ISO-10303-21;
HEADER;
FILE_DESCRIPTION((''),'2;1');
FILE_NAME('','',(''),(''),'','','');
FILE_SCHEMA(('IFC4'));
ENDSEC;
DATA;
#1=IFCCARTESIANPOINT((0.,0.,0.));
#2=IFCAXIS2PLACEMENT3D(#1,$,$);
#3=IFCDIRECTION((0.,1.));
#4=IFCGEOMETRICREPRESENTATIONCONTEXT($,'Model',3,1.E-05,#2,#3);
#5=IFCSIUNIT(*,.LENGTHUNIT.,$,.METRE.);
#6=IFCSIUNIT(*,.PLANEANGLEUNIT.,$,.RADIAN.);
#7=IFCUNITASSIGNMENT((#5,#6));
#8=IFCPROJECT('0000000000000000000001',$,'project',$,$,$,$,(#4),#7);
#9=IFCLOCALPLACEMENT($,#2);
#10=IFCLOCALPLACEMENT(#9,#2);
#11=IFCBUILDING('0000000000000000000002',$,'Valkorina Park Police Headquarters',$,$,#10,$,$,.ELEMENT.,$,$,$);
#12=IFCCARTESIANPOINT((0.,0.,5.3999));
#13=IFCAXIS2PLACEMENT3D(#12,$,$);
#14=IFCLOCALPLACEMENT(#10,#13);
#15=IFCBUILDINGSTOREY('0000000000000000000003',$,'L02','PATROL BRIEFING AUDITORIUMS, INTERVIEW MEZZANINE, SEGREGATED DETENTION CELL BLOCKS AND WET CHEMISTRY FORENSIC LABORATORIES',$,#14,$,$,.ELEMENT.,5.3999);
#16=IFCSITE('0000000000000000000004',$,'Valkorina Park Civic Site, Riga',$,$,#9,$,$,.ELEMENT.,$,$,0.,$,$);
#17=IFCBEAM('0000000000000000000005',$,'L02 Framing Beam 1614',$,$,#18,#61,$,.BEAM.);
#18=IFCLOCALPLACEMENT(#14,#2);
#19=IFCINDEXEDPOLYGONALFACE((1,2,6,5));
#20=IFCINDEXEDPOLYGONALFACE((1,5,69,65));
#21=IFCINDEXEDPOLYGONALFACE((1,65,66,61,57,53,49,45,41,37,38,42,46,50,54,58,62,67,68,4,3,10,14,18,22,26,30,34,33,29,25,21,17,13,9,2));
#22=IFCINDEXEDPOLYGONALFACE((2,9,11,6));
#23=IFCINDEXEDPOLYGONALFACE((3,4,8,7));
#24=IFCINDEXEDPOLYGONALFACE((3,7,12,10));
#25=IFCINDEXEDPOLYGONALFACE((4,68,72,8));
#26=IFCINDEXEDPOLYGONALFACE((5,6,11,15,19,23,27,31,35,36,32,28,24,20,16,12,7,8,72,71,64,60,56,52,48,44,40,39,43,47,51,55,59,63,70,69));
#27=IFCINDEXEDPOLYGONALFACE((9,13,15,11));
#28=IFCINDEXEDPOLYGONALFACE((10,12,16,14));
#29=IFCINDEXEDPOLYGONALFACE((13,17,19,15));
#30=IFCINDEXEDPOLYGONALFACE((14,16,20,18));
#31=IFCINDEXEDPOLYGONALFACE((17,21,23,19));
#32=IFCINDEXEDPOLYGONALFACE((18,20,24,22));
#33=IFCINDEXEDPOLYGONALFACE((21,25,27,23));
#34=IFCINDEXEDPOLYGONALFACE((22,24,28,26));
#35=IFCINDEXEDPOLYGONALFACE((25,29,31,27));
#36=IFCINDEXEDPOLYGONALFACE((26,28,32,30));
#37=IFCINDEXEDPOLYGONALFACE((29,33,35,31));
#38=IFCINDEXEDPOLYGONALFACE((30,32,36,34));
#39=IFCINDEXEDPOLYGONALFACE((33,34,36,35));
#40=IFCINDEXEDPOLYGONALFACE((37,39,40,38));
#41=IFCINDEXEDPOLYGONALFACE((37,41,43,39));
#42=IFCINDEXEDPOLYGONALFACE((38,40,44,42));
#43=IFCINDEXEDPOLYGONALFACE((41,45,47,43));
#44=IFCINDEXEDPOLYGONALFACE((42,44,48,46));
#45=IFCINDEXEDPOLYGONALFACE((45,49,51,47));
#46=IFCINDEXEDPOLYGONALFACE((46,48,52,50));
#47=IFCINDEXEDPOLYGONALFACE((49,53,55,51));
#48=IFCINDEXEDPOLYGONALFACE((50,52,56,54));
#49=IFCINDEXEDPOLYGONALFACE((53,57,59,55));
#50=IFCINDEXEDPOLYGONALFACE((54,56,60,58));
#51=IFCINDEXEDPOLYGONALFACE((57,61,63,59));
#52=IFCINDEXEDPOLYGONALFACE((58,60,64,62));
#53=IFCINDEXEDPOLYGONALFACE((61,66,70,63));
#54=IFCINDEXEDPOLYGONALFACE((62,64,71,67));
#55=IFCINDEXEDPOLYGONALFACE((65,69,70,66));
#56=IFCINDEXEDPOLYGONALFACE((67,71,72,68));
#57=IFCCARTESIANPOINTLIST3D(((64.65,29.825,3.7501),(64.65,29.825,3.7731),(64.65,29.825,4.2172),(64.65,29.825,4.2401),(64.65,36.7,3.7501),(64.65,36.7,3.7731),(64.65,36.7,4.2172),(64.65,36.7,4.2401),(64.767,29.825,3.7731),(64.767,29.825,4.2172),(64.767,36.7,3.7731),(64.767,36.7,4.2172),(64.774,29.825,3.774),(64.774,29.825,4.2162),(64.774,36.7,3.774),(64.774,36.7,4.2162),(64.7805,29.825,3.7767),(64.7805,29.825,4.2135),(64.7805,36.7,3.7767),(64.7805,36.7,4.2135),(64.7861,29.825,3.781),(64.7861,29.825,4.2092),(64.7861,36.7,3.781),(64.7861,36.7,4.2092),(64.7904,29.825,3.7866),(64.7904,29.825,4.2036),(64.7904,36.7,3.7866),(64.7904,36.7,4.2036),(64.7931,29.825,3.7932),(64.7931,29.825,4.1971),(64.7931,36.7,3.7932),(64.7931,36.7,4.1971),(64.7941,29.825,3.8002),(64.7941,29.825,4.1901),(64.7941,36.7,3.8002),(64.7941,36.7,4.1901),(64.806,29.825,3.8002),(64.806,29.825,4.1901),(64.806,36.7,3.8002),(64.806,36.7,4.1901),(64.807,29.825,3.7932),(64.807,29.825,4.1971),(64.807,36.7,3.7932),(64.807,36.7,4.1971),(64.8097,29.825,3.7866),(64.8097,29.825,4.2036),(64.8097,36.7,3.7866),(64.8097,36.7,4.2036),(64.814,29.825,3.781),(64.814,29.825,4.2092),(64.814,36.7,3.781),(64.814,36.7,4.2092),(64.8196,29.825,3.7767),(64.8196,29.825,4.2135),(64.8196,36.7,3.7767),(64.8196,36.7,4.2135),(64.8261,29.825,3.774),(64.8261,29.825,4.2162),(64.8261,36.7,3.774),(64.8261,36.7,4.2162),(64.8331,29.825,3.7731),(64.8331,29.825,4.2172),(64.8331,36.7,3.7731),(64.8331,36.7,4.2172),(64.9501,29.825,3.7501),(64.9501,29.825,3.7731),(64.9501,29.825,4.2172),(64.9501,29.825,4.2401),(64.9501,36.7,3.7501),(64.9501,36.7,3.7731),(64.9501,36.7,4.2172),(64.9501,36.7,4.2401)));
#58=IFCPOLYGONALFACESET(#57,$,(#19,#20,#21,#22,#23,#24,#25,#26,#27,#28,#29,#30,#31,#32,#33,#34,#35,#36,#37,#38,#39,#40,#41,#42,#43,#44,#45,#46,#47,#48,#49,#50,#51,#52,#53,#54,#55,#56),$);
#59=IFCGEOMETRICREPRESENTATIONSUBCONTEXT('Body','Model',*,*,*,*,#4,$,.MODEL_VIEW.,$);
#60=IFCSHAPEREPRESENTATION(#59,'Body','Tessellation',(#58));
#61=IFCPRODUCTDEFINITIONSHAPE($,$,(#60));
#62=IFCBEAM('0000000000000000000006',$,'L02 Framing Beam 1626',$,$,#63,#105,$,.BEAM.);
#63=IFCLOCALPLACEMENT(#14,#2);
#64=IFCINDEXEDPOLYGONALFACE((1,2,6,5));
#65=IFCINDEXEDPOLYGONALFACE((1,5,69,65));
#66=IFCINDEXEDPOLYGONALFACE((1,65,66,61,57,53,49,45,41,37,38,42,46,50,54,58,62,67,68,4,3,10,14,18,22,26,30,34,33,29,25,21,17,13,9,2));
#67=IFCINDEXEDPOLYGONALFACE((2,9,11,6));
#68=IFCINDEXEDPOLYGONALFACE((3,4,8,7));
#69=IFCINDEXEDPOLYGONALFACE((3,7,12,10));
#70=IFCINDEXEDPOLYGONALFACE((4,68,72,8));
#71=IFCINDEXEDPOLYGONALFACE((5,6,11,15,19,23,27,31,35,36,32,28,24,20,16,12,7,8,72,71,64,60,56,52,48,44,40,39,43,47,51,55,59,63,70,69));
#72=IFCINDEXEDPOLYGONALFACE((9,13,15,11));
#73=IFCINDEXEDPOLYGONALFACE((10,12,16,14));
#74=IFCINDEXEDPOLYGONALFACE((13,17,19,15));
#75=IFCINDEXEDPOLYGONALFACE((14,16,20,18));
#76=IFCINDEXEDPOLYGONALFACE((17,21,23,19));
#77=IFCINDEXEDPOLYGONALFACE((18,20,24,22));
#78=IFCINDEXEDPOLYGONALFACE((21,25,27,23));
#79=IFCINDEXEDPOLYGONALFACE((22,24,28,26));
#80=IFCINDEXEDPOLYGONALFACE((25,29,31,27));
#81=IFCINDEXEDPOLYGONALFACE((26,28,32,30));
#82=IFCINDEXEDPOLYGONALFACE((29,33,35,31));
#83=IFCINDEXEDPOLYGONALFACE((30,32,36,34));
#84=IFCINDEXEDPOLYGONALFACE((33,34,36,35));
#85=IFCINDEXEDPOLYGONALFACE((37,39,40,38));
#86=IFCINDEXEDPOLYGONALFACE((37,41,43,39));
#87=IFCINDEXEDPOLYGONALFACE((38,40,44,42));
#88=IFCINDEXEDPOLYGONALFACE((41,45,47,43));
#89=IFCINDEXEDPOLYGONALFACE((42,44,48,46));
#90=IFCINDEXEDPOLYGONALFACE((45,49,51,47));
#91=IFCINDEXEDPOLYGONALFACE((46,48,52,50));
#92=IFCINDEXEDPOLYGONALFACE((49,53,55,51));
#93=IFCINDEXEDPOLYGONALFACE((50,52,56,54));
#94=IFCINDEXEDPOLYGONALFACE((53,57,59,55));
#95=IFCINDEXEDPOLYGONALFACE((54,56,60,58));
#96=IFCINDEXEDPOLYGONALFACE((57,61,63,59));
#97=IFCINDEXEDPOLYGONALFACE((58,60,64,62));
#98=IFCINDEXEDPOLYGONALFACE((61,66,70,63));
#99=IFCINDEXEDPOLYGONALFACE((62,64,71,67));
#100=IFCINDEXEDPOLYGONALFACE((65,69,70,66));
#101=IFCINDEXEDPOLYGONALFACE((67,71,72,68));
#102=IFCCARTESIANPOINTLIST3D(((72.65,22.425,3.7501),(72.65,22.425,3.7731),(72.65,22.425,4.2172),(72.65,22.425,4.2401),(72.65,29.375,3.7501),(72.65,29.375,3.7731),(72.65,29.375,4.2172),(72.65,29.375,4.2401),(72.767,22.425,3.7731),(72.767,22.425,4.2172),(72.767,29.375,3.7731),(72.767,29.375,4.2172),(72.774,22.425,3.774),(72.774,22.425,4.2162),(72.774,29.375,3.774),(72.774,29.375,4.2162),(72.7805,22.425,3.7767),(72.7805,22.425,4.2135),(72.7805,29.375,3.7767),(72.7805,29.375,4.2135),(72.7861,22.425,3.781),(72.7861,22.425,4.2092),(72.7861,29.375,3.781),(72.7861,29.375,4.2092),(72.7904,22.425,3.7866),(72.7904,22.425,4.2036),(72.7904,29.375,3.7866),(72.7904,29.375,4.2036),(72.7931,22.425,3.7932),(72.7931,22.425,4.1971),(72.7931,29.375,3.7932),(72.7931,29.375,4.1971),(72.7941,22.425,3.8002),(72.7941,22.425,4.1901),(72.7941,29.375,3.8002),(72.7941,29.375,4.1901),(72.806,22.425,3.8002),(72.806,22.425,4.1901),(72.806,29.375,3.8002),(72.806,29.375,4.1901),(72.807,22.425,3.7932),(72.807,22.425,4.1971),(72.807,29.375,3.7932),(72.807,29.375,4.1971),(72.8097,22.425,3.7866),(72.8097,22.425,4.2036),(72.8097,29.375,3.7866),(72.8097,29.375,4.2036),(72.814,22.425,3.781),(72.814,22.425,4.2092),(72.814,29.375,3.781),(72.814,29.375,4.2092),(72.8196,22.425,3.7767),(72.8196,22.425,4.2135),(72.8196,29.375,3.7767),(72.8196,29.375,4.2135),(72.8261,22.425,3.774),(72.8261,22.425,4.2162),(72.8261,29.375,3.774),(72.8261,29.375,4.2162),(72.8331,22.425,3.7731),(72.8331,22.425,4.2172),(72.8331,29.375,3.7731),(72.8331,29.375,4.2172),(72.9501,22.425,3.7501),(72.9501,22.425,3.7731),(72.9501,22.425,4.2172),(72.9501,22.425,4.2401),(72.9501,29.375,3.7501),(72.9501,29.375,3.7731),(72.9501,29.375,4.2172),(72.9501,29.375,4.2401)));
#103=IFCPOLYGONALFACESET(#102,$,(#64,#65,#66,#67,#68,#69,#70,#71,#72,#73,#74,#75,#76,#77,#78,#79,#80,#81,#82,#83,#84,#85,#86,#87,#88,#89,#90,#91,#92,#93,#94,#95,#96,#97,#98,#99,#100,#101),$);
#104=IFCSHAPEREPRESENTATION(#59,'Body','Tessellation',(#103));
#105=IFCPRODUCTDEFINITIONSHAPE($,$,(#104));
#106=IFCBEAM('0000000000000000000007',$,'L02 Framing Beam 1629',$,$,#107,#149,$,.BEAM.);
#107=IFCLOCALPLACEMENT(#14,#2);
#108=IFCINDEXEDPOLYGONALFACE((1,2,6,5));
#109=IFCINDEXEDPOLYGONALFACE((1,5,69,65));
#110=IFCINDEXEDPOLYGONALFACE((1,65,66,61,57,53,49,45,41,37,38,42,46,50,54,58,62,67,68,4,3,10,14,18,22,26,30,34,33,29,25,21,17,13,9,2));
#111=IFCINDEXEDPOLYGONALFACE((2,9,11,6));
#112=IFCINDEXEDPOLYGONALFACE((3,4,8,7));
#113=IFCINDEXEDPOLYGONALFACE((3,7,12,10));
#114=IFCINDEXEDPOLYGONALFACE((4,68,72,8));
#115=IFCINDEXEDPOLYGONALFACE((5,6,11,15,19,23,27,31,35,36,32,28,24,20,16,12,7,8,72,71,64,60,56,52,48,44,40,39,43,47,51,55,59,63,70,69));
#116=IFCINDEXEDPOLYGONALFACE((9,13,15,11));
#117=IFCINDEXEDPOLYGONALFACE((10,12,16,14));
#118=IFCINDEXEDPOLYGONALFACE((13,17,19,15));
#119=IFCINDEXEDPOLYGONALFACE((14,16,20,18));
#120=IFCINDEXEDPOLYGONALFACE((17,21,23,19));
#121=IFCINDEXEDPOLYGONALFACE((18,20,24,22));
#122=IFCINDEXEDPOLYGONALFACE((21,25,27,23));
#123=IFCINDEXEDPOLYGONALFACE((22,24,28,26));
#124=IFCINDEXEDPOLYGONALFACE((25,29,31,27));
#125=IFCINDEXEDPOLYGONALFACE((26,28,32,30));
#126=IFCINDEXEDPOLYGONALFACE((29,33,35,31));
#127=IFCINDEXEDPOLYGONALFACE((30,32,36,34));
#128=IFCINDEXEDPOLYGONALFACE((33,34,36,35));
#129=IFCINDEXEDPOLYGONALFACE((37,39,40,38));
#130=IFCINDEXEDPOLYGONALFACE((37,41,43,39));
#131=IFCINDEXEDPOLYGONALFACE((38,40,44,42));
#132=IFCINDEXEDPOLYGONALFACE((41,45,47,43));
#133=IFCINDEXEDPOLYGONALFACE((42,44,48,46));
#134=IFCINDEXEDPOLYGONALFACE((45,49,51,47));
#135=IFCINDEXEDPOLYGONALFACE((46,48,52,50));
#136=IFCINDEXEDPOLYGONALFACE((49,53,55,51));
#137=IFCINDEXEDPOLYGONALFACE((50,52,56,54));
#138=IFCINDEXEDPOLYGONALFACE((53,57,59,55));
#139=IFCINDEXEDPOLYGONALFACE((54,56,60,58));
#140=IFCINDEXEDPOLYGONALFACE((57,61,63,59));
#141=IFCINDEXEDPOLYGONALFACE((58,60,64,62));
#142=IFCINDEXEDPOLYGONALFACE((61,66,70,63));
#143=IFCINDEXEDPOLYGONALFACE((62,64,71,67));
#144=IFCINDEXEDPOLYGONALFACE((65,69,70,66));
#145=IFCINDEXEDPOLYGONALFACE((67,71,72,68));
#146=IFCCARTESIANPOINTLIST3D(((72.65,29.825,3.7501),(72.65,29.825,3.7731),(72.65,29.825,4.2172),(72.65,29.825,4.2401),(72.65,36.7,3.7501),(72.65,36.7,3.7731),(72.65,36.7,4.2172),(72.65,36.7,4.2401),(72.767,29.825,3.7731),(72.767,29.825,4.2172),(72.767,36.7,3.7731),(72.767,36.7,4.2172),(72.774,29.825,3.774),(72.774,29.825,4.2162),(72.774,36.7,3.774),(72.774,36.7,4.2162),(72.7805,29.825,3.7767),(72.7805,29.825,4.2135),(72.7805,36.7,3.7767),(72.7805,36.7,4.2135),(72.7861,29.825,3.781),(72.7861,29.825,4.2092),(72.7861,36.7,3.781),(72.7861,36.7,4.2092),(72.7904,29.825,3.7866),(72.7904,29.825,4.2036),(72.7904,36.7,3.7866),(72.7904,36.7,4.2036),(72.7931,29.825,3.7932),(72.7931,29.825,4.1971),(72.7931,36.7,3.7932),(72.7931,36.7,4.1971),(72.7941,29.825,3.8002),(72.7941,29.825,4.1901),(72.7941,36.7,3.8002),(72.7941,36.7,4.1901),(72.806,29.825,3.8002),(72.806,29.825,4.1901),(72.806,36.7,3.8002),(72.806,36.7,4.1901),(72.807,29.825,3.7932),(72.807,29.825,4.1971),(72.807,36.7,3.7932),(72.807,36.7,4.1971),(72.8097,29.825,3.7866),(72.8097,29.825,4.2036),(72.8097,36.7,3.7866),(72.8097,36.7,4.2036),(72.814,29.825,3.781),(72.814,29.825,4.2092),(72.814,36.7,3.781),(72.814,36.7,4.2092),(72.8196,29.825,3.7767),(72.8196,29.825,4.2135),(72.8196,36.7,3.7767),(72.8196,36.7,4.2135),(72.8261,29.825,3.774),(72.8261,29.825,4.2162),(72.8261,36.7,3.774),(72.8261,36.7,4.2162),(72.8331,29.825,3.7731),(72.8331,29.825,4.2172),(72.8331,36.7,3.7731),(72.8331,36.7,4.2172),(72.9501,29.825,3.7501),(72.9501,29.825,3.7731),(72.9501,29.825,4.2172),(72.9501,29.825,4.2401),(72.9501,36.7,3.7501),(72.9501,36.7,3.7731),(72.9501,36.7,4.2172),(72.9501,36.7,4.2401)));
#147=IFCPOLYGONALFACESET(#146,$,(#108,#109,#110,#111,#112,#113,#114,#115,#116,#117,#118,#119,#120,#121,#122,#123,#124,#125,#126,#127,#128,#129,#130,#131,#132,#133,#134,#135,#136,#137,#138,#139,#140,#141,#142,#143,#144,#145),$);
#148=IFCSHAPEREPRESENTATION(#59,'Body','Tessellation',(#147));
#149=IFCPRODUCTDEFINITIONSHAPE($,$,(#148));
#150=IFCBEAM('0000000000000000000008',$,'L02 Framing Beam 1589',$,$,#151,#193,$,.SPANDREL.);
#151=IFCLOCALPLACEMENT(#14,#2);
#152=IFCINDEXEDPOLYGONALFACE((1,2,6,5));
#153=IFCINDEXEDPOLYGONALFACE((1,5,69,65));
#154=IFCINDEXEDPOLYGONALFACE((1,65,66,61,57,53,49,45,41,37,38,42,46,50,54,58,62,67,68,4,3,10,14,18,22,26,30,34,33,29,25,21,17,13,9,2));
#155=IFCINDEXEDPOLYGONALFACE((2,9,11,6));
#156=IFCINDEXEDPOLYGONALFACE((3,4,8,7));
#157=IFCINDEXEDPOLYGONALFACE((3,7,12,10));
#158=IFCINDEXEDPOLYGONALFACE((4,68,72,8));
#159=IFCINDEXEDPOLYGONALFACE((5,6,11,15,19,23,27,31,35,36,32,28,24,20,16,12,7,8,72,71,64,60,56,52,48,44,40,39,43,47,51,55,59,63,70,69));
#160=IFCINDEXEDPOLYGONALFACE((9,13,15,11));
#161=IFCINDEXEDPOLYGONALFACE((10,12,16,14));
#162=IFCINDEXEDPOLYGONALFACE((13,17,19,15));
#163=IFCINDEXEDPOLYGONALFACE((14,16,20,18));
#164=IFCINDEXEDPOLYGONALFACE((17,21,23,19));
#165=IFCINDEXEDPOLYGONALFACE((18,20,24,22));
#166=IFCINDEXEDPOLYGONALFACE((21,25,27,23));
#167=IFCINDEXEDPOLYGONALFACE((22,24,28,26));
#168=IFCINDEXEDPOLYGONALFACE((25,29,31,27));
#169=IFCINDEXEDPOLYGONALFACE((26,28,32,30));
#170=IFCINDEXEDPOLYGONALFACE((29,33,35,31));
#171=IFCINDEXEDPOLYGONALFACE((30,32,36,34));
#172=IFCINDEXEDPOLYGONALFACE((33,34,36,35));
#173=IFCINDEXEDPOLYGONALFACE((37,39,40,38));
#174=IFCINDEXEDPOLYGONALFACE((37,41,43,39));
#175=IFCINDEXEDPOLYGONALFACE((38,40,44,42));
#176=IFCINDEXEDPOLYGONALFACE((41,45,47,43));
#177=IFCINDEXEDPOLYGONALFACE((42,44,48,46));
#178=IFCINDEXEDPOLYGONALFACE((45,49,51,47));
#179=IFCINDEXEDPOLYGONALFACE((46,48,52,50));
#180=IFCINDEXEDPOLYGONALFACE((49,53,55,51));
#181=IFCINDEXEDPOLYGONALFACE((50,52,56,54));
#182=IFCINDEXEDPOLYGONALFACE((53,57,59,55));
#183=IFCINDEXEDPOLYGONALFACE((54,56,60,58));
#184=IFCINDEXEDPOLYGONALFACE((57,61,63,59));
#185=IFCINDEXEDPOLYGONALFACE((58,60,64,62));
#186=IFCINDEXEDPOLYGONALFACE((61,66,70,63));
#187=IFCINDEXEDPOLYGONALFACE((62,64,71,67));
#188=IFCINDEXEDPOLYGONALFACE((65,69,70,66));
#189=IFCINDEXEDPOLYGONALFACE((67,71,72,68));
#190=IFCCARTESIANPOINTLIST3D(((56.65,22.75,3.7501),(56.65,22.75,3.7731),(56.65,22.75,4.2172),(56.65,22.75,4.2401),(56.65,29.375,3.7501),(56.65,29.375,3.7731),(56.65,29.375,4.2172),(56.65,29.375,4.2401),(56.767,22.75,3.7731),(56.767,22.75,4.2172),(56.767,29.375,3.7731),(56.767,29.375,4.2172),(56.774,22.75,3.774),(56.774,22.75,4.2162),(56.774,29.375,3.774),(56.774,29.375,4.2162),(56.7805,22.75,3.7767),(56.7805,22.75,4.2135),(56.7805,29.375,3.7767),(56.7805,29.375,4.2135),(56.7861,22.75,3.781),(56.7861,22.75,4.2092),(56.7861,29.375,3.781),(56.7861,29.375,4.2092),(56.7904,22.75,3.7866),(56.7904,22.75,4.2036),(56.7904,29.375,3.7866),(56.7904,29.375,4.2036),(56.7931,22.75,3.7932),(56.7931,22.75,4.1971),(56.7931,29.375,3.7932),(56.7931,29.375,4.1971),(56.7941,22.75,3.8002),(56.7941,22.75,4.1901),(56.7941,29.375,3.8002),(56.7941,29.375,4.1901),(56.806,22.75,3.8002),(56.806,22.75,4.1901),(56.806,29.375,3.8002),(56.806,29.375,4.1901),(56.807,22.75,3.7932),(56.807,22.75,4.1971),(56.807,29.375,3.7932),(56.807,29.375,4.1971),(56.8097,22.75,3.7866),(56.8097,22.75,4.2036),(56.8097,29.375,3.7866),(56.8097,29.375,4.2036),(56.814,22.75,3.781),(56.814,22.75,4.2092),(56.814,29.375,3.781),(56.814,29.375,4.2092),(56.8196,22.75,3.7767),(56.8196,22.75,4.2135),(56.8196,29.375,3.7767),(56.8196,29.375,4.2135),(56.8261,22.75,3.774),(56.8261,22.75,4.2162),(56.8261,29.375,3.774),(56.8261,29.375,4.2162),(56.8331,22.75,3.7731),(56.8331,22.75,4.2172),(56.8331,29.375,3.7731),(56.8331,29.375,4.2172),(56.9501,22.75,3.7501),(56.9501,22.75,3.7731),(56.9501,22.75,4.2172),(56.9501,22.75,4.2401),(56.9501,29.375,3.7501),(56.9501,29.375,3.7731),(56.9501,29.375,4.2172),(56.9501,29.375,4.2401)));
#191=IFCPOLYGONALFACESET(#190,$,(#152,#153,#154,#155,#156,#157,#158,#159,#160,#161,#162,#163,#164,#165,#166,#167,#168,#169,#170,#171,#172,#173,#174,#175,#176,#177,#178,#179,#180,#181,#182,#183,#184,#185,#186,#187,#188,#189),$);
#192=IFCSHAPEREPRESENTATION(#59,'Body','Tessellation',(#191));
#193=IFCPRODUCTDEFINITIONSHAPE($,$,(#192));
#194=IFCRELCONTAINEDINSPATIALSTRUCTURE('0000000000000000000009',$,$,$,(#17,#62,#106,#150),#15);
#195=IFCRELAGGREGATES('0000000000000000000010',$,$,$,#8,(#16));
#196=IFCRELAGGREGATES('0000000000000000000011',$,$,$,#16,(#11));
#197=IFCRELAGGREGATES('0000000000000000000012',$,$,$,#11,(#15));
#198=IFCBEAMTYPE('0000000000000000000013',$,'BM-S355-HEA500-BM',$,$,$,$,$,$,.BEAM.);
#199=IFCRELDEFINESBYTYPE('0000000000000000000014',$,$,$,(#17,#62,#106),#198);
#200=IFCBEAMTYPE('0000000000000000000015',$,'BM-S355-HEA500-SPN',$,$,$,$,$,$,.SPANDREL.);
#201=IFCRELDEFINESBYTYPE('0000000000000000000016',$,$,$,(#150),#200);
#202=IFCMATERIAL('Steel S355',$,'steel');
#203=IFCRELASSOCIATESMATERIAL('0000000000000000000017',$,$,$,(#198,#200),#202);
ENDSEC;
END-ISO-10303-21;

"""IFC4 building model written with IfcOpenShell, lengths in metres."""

from ifc_helpers import new_model, si_unit, direction, frame, origin, origin_2d, place, context, subcontext, project, spatial, i_section, extrude, material, material_profile, profile_set, type_object, element, save


model = new_model("IFC4")

# Units and contexts
model_context = context("Model", 3, precision=1e-05, world=origin(), true_north=direction((0.0, 1.0)))
body_context = subcontext(model_context, "Body", "Model", "MODEL_VIEW")
ifc_project = project(units=[si_unit("LENGTHUNIT", "METRE"), si_unit("PLANEANGLEUNIT", "RADIAN")], contexts=[model_context])

# Site, building, storey
site_placement = place(None, origin())
site = spatial("IfcSite", under=ifc_project, at=site_placement, Name="Valkorina Park Civic Site, Riga", CompositionType="ELEMENT", RefElevation=0.0)
building_placement = place(site_placement, origin())
building = spatial("IfcBuilding", under=site, at=building_placement, Name="Valkorina Park Police Headquarters", CompositionType="ELEMENT")
storey_placement = place(building_placement, frame((0.0, 0.0, 5.3999)))
storey = spatial("IfcBuildingStorey", under=building, at=storey_placement, Name="L02", Description="PATROL BRIEFING AUDITORIUMS, INTERVIEW MEZZANINE, SEGREGATED DETENTION CELL BLOCKS AND WET CHEMISTRY FORENSIC LABORATORIES", CompositionType="ELEMENT", Elevation=5.3999)

# Shared definitions
ifc_material_1 = material(Name="Steel S355", Category="steel")

# Beams
ifc_material_profile_1 = material_profile(ifc_material_1, i_section(OverallWidth=0.3, OverallDepth=0.49, WebThickness=0.012, FlangeThickness=0.0229, FilletRadius=0.0271, at=origin_2d()), Name="HEA 500")
ifc_profile_set_1 = profile_set([ifc_material_profile_1], Name="Steel S355")
beam_type_1 = type_object("IfcBeamType", Name="BM-S355-HEA500-BM", PredefinedType="BEAM", material=ifc_profile_set_1)
beam_1_placement = place(storey_placement, frame((64.8, 29.825, 3.9951), z_axis=(0.0, 1.0, 0.0), x_axis=(-1.0, 0.0, 0.0)))
element("IfcBeam", 1, at=beam_1_placement, inside=storey, type_object=beam_type_1, Name="L02 Framing Beam 1614", PredefinedType="BEAM", context=body_context, shape_type="SweptSolid", body=[
    extrude(i_section(OverallWidth=0.3, OverallDepth=0.49, WebThickness=0.012, FlangeThickness=0.0229, FilletRadius=0.0271, at=origin_2d()), origin(), (0.0, 0.0, 1.0), 6.875),
])
beam_2_placement = place(storey_placement, frame((72.8, 22.425, 3.9951), z_axis=(0.0, 1.0, 0.0), x_axis=(-1.0, 0.0, 0.0)))
element("IfcBeam", 2, at=beam_2_placement, inside=storey, type_object=beam_type_1, Name="L02 Framing Beam 1626", PredefinedType="BEAM", context=body_context, shape_type="SweptSolid", body=[
    extrude(i_section(OverallWidth=0.3, OverallDepth=0.49, WebThickness=0.012, FlangeThickness=0.0229, FilletRadius=0.0271, at=origin_2d()), origin(), (0.0, 0.0, 1.0), 6.95),
])
beam_3_placement = place(storey_placement, frame((72.8, 29.825, 3.9951), z_axis=(0.0, 1.0, 0.0), x_axis=(-1.0, 0.0, 0.0)))
element("IfcBeam", 3, at=beam_3_placement, inside=storey, type_object=beam_type_1, Name="L02 Framing Beam 1629", PredefinedType="BEAM", context=body_context, shape_type="SweptSolid", body=[
    extrude(i_section(OverallWidth=0.3, OverallDepth=0.49, WebThickness=0.012, FlangeThickness=0.0229, FilletRadius=0.0271, at=origin_2d()), origin(), (0.0, 0.0, 1.0), 6.875),
])
ifc_material_profile_2 = material_profile(ifc_material_1, i_section(OverallWidth=0.3, OverallDepth=0.49, WebThickness=0.012, FlangeThickness=0.0229, FilletRadius=0.0271, at=origin_2d()), Name="HEA 500")
ifc_profile_set_2 = profile_set([ifc_material_profile_2], Name="Steel S355")
beam_type_2 = type_object("IfcBeamType", Name="BM-S355-HEA500-SPN", PredefinedType="SPANDREL", material=ifc_profile_set_2)
beam_4_placement = place(storey_placement, frame((56.8, 22.75, 3.9951), z_axis=(0.0, 1.0, 0.0), x_axis=(-1.0, 0.0, 0.0)))
element("IfcBeam", 4, at=beam_4_placement, inside=storey, type_object=beam_type_2, Name="L02 Framing Beam 1589", PredefinedType="SPANDREL", context=body_context, shape_type="SweptSolid", body=[
    extrude(i_section(OverallWidth=0.3, OverallDepth=0.49, WebThickness=0.012, FlangeThickness=0.0229, FilletRadius=0.0271, at=origin_2d()), origin(), (0.0, 0.0, 1.0), 6.625),
])

save(model, "model.ifc")
